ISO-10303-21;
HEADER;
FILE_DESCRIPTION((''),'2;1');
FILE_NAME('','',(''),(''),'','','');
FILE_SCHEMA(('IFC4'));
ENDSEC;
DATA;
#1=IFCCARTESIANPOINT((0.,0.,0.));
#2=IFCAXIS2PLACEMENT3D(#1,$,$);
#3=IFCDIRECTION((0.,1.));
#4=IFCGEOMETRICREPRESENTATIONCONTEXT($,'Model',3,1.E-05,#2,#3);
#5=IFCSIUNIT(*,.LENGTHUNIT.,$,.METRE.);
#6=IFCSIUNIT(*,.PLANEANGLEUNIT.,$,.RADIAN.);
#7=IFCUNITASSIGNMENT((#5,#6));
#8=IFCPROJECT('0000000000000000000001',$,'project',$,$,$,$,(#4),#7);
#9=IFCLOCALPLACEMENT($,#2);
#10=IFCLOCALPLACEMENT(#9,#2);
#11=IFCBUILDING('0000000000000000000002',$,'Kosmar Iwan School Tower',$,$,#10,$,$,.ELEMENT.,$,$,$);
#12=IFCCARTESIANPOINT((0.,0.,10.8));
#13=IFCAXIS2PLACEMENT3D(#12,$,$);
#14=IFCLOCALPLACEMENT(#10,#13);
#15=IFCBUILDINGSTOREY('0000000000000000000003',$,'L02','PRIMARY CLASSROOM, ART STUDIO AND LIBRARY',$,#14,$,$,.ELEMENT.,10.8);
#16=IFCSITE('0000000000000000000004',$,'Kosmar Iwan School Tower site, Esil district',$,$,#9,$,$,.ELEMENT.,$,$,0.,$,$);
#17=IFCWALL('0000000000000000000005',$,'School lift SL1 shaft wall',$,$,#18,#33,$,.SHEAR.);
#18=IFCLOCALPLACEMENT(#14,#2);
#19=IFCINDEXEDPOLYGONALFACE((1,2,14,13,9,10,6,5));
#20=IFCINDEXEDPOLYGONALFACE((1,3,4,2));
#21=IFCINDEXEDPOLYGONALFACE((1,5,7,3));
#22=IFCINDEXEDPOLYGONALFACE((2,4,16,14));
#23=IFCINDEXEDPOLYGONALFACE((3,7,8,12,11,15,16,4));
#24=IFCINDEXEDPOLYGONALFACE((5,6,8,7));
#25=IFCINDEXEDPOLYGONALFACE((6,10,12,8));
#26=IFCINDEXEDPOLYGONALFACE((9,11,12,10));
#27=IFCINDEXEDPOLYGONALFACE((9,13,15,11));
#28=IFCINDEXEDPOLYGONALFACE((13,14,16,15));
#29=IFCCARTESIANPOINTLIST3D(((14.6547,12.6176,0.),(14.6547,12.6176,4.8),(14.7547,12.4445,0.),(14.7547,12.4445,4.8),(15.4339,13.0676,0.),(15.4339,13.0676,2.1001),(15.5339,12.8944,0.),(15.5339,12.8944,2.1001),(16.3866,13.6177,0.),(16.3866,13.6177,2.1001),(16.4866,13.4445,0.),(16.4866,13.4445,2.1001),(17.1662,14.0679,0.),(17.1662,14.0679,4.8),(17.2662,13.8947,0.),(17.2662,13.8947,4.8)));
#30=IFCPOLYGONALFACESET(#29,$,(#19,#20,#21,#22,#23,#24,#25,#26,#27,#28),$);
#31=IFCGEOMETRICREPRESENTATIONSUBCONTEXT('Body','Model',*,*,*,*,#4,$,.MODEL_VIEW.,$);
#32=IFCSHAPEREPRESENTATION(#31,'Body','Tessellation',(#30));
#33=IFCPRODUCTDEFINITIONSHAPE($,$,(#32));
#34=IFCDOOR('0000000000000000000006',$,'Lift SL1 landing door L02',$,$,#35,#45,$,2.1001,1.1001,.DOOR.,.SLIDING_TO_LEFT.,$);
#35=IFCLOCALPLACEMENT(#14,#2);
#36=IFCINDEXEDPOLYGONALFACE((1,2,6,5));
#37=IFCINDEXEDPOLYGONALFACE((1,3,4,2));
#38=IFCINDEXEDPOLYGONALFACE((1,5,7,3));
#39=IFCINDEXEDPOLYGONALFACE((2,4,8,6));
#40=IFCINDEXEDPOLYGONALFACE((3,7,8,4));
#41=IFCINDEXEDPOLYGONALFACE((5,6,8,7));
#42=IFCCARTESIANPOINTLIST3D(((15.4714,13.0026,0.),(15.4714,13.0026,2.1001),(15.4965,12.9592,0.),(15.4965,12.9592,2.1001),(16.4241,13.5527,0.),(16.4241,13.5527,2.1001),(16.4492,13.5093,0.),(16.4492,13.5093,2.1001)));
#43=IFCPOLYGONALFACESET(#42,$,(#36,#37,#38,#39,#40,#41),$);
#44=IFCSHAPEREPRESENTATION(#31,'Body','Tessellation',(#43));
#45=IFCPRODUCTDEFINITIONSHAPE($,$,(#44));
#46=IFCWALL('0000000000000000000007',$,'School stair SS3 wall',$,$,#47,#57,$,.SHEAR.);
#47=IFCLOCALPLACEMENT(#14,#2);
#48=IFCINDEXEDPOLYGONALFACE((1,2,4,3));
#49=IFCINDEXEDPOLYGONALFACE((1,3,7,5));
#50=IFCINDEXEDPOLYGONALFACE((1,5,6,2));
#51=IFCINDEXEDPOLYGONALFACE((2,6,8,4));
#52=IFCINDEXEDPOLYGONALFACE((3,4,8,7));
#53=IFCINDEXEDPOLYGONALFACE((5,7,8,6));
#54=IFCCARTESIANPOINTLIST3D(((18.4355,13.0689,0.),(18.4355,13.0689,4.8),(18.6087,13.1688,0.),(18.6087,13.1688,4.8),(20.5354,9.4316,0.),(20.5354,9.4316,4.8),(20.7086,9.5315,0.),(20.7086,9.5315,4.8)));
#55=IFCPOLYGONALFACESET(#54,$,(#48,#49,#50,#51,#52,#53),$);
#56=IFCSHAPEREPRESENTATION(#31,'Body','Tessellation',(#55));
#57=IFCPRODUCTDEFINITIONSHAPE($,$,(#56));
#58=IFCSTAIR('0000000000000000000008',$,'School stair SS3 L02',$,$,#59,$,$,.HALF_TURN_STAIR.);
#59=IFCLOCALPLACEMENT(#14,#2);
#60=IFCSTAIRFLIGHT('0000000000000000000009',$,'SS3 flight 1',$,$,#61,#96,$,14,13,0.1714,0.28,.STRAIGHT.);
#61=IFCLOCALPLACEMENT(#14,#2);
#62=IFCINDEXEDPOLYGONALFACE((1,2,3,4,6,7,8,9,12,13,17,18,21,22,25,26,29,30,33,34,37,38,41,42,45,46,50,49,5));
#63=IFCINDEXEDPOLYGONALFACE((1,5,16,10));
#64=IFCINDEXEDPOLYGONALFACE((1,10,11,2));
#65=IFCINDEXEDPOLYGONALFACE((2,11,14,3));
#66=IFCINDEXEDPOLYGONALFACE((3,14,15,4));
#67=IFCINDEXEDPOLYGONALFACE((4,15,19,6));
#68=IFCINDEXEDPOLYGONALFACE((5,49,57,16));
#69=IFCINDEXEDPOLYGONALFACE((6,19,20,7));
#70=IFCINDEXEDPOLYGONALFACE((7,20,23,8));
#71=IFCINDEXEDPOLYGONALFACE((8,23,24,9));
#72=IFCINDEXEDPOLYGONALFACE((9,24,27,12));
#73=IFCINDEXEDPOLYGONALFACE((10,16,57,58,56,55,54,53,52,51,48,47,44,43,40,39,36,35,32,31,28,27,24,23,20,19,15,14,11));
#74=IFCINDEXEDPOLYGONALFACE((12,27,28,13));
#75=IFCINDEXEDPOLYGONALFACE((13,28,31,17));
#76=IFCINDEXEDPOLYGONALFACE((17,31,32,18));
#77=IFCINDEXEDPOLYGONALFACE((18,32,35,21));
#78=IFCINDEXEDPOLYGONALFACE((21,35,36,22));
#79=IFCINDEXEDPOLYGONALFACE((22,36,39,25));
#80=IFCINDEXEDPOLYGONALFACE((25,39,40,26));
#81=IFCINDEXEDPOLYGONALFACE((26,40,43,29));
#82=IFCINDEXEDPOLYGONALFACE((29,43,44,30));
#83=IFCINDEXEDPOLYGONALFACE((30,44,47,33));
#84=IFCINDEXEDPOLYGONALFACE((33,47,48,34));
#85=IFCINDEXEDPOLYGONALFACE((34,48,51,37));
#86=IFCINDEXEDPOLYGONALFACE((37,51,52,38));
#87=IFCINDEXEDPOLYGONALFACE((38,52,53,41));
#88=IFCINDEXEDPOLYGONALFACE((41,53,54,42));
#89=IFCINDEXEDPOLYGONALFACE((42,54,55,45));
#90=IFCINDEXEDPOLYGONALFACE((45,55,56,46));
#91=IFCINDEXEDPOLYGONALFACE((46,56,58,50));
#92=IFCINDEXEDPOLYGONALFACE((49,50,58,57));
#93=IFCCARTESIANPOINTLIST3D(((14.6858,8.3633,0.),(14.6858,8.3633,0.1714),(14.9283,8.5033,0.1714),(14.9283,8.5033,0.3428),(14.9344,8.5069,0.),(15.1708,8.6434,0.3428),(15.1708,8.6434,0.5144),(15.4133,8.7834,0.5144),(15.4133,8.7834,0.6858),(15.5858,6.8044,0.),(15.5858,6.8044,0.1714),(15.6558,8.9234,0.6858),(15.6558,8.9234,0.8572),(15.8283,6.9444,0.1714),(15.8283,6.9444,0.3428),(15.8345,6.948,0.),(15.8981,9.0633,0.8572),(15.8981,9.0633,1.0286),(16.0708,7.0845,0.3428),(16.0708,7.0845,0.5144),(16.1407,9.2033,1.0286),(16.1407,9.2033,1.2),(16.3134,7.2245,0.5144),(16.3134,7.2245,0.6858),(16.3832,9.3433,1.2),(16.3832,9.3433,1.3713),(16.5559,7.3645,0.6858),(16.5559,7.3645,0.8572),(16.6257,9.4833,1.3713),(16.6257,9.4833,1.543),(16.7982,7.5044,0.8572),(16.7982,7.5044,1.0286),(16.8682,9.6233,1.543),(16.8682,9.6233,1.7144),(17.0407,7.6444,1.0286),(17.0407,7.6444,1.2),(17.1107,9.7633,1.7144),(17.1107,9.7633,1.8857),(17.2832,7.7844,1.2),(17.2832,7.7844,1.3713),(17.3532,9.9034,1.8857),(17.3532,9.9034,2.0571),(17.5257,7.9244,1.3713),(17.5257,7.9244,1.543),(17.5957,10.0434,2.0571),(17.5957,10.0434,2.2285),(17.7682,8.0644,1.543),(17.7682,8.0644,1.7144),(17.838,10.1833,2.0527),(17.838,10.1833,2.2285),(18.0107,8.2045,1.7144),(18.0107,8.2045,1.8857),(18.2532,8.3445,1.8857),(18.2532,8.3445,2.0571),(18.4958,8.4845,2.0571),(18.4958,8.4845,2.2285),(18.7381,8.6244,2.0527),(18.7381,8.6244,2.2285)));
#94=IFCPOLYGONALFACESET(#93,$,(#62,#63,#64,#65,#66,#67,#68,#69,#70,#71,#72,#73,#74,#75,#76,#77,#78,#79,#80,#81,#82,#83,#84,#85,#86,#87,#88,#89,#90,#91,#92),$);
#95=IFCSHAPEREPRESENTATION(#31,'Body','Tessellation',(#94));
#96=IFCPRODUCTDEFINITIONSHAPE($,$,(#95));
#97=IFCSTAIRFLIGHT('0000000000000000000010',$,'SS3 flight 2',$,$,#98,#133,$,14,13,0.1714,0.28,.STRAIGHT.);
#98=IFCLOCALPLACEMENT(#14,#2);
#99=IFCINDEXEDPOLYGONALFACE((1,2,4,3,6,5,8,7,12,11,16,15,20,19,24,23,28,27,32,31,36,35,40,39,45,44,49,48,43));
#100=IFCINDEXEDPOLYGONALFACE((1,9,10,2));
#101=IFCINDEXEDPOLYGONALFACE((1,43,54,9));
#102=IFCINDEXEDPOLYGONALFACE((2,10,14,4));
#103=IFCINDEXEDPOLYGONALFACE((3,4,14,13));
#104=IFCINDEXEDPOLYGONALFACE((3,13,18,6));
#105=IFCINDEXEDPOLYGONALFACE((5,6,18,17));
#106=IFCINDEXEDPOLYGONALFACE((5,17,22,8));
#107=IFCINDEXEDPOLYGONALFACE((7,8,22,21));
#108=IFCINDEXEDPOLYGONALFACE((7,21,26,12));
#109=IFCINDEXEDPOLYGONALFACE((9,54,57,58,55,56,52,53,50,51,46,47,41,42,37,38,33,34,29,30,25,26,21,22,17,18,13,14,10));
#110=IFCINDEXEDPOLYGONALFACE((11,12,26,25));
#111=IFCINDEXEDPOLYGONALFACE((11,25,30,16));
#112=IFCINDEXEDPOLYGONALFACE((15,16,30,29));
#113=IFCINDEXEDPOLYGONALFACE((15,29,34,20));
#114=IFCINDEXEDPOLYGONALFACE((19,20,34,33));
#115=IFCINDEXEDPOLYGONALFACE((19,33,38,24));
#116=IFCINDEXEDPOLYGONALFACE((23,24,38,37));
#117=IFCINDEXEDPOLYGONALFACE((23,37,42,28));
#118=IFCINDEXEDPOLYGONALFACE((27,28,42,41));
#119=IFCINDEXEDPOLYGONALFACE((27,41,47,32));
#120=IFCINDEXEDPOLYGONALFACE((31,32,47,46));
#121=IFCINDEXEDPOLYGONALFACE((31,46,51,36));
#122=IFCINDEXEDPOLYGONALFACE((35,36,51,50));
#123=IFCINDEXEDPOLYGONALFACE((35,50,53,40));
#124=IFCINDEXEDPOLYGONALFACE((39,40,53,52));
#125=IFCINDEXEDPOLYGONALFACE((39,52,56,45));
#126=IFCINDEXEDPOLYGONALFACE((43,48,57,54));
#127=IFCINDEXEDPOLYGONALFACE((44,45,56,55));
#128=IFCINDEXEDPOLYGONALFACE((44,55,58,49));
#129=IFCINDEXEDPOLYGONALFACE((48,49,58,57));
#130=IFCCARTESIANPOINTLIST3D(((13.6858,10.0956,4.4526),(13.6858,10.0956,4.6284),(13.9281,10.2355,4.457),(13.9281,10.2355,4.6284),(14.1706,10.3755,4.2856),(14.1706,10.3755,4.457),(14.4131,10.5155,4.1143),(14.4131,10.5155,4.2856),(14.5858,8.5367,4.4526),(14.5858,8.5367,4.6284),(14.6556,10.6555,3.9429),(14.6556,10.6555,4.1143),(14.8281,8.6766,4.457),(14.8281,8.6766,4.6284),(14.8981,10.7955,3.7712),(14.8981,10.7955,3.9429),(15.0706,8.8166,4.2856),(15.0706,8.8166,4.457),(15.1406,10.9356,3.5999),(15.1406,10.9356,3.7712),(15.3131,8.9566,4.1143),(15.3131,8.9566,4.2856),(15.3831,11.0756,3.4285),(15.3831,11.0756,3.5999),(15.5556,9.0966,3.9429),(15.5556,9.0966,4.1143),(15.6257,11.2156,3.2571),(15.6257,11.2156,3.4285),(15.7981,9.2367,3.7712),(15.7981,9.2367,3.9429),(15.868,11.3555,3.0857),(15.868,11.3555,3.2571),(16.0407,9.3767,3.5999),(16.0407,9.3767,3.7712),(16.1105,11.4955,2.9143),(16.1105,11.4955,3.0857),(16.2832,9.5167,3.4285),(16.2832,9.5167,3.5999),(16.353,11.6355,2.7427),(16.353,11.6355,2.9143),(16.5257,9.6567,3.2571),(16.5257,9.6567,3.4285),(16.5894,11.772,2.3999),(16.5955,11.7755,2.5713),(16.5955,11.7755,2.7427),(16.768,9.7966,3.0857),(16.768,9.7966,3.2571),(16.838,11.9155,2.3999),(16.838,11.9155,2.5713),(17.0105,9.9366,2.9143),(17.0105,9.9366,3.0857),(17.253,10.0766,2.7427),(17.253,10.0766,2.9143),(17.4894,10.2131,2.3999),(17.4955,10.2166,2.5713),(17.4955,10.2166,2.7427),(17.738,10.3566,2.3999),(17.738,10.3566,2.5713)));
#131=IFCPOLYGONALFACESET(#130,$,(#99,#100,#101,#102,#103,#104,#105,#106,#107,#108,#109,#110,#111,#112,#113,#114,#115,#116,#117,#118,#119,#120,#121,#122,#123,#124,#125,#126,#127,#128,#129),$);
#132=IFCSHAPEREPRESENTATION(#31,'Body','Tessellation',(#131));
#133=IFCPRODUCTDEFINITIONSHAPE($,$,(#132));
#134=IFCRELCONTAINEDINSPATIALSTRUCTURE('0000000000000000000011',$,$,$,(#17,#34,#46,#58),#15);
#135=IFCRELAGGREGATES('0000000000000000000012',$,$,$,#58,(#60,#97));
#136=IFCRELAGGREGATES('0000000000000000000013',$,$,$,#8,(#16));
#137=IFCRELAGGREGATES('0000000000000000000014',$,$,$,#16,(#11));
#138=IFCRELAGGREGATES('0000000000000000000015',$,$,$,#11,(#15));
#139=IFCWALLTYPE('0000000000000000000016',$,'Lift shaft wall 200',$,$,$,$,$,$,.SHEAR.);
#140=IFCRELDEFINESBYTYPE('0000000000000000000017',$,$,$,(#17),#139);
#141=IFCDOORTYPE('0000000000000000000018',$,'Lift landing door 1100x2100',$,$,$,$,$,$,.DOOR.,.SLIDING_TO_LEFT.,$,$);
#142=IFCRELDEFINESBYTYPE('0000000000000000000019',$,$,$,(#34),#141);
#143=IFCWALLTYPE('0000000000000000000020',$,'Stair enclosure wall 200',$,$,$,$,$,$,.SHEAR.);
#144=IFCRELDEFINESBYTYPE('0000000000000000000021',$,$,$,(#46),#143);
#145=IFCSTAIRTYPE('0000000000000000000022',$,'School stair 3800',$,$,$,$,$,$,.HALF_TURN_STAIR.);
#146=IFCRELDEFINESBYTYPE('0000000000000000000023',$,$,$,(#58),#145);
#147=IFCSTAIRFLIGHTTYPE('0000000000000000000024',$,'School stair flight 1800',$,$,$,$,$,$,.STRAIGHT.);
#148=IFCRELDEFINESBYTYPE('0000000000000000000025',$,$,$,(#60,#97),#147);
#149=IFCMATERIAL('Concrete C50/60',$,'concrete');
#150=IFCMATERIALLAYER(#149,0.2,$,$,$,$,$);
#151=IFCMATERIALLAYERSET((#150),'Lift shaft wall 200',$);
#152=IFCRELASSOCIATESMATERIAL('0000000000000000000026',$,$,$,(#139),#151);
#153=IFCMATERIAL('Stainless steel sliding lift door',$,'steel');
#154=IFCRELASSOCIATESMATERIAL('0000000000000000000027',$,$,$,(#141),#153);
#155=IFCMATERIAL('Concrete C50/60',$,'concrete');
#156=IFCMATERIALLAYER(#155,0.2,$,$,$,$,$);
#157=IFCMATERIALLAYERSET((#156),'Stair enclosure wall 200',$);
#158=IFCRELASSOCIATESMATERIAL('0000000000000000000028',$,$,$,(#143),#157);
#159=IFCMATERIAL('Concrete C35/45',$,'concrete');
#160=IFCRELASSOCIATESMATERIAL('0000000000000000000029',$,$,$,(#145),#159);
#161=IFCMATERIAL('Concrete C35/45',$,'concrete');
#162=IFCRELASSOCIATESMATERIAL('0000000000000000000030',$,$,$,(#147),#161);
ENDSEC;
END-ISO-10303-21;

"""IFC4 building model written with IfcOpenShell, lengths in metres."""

from ifc_helpers import new_model, si_unit, direction, frame, frame_2d, origin, place, context, subcontext, project, spatial, polyline, rectangle, outline, extrude, material, layer, layer_set, type_object, element, fill, aggregate, save


model = new_model("IFC4")

# Units and contexts
model_context = context("Model", 3, precision=1e-05, world=origin(), true_north=direction((0.0, 1.0)))
body_context = subcontext(model_context, "Body", "Model", "MODEL_VIEW")
ifc_project = project(units=[si_unit("LENGTHUNIT", "METRE"), si_unit("PLANEANGLEUNIT", "RADIAN")], contexts=[model_context])

# Site, building, storey
site_placement = place(None, origin())
site = spatial("IfcSite", under=ifc_project, at=site_placement, Name="Kosmar Iwan School Tower site, Esil district", CompositionType="ELEMENT", RefElevation=0.0)
building_placement = place(site_placement, origin())
building = spatial("IfcBuilding", under=site, at=building_placement, Name="Kosmar Iwan School Tower", CompositionType="ELEMENT")
storey_placement = place(building_placement, frame((0.0, 0.0, 10.8)))
storey = spatial("IfcBuildingStorey", under=building, at=storey_placement, Name="L02", Description="PRIMARY CLASSROOM, ART STUDIO AND LIBRARY", CompositionType="ELEMENT", Elevation=10.8)

# Shared definitions
ifc_material_1 = material(Name="Concrete C50/60", Category="concrete")
ifc_layer_1 = layer(ifc_material_1, 0.2)
ifc_layer_set_1 = layer_set([ifc_layer_1], Name="Lift shaft wall 200")
wall_type_1 = type_object("IfcWallType", Name="Lift shaft wall 200", PredefinedType="SHEAR", material=ifc_layer_set_1)

# Wall, opening, door
wall_1_placement = place(storey_placement, frame((14.7046, 12.531, 0.0), z_axis=(0.0, 0.0, 1.0), x_axis=(0.865996, 0.50005, 0.0)))
wall_1 = element("IfcWall", 1, at=wall_1_placement, inside=storey, type_object=wall_type_1, Name="School lift SL1 shaft wall", PredefinedType="SHEAR", context=body_context, shape_type="SweptSolid", body=[
    extrude(rectangle(XDim=2.9001, YDim=0.2, at=frame_2d((1.4502, 0.0))), origin(), (0.0, 0.0, 1.0), 4.8),
])
opening_placement = place(wall_1_placement, frame((0.8999, 0.0, 0.0)))
opening = element("IfcOpeningElement", 2, at=opening_placement, cuts=wall_1, PredefinedType="OPENING", context=body_context, shape_type="SweptSolid", body=[
    extrude(rectangle(XDim=1.1001, YDim=2.1001, at=frame_2d((0.55, 1.05))), frame((0.0, 0.1121, 0.0), z_axis=(0.0, -1.0, 0.0), x_axis=(1.0, 0.0, 0.0)), (0.0, 0.0, 1.0), 0.2239),
])
ifc_material_2 = material(Name="Stainless steel sliding lift door", Category="steel")
door_type = type_object("IfcDoorType", Name="Lift landing door 1100x2100", OperationType="SLIDING_TO_LEFT", PredefinedType="DOOR", material=ifc_material_2)
door_placement = place(opening_placement, origin())
door = element("IfcDoor", 3, at=door_placement, inside=storey, type_object=door_type, Name="Lift SL1 landing door L02", OperationType="SLIDING_TO_LEFT", OverallHeight=2.1001, OverallWidth=1.1001, PredefinedType="DOOR", context=body_context, shape_type="SweptSolid", body=[
    extrude(rectangle(XDim=1.1001, YDim=2.1001, at=frame_2d((0.55, 1.05))), frame((0.0, 0.0249, 0.0), z_axis=(0.0, -1.0, 0.0), x_axis=(1.0, 0.0, 0.0)), (0.0, 0.0, 1.0), 0.05),
])
fill(opening, door)

# Wall
ifc_material_3 = material(Name="Concrete C50/60", Category="concrete")
ifc_layer_2 = layer(ifc_material_3, 0.2)
ifc_layer_set_2 = layer_set([ifc_layer_2], Name="Stair enclosure wall 200")
wall_type_2 = type_object("IfcWallType", Name="Stair enclosure wall 200", PredefinedType="SHEAR", material=ifc_layer_set_2)
wall_2_placement = place(storey_placement, frame((20.6221, 9.4814, 0.0), z_axis=(0.0, 0.0, 1.0), x_axis=(-0.499984, 0.866035, 0.0)))
element("IfcWall", 4, at=wall_2_placement, inside=storey, type_object=wall_type_2, Name="School stair SS3 wall", PredefinedType="SHEAR", context=body_context, shape_type="SweptSolid", body=[
    extrude(rectangle(XDim=4.2, YDim=0.2, at=frame_2d((2.1001, 0.0))), origin(), (0.0, 0.0, 1.0), 4.8),
])

# Stair, stair flights
ifc_material_4 = material(Name="Concrete C35/45", Category="concrete")
stair_type = type_object("IfcStairType", Name="School stair 3800", PredefinedType="HALF_TURN_STAIR", material=ifc_material_4)
stair_placement = place(storey_placement, origin())
stair = element("IfcStair", 5, at=stair_placement, inside=storey, type_object=stair_type, Name="School stair SS3 L02", PredefinedType="HALF_TURN_STAIR")
ifc_material_5 = material(Name="Concrete C35/45", Category="concrete")
stair_flight_type = type_object("IfcStairFlightType", Name="School stair flight 1800", PredefinedType="STRAIGHT", material=ifc_material_5)
stair_flight_1_placement = place(storey_placement, frame((15.1357, 7.584, 0.0), z_axis=(0.0, 0.0, 1.0), x_axis=(0.866025, 0.5, 0.0)))
stair_flight_1 = element("IfcStairFlight", 6, at=stair_flight_1_placement, type_object=stair_flight_type, Name="SS3 flight 1", NumberOfRisers=14, NumberOfTreads=13, PredefinedType="STRAIGHT", RiserHeight=0.1714, TreadLength=0.28, context=body_context, shape_type="SweptSolid", body=[
    extrude(outline(polyline([(0.0, 0.0), (0.0, 0.1714), (0.28, 0.1714), (0.28, 0.3428), (0.5601, 0.3428), (0.5601, 0.5144), (0.8401, 0.5144), (0.8401, 0.6858), (1.1201, 0.6858), (1.1201, 0.8572), (1.3999, 0.8572), (1.3999, 1.0286), (1.6799, 1.0286), (1.6799, 1.2), (1.96, 1.2), (1.96, 1.3713), (2.24, 1.3713), (2.24, 1.543), (2.52, 1.543), (2.52, 1.7144), (2.8, 1.7144), (2.8, 1.8857), (3.0801, 1.8857), (3.0801, 2.0571), (3.3601, 2.0571), (3.3601, 2.2285), (3.6399, 2.2285), (3.6399, 2.3999), (3.6399, 2.0527), (0.2871, 0.0), (0.0, 0.0)])), frame((0.0, 0.8999, 0.0), z_axis=(0.0, -1.0, 0.0), x_axis=(1.0, 0.0, 0.0)), (0.0, 0.0, 1.0), 1.8),
])
stair_flight_2_placement = place(storey_placement, frame((17.2881, 11.136, 2.3999), z_axis=(0.0, 0.0, 1.0), x_axis=(-0.866025, -0.5, 0.0)))
stair_flight_2 = element("IfcStairFlight", 7, at=stair_flight_2_placement, type_object=stair_flight_type, Name="SS3 flight 2", NumberOfRisers=14, NumberOfTreads=13, PredefinedType="STRAIGHT", RiserHeight=0.1714, TreadLength=0.28, context=body_context, shape_type="SweptSolid", body=[
    extrude(outline(polyline([(0.0, 0.0), (0.0, 0.1714), (0.28, 0.1714), (0.28, 0.3428), (0.5601, 0.3428), (0.5601, 0.5144), (0.8401, 0.5144), (0.8401, 0.6858), (1.1201, 0.6858), (1.1201, 0.8572), (1.3999, 0.8572), (1.3999, 1.0286), (1.6799, 1.0286), (1.6799, 1.2), (1.96, 1.2), (1.96, 1.3713), (2.24, 1.3713), (2.24, 1.543), (2.52, 1.543), (2.52, 1.7144), (2.8, 1.7144), (2.8, 1.8857), (3.0801, 1.8857), (3.0801, 2.0571), (3.3601, 2.0571), (3.3601, 2.2285), (3.6399, 2.2285), (3.6399, 2.3999), (3.6399, 2.0527), (0.2871, 0.0), (0.0, 0.0)])), frame((0.0, 0.8999, 0.0), z_axis=(0.0, -1.0, 0.0), x_axis=(1.0, 0.0, 0.0)), (0.0, 0.0, 1.0), 1.8),
])
aggregate(stair, [stair_flight_1, stair_flight_2])

save(model, "model.ifc")
